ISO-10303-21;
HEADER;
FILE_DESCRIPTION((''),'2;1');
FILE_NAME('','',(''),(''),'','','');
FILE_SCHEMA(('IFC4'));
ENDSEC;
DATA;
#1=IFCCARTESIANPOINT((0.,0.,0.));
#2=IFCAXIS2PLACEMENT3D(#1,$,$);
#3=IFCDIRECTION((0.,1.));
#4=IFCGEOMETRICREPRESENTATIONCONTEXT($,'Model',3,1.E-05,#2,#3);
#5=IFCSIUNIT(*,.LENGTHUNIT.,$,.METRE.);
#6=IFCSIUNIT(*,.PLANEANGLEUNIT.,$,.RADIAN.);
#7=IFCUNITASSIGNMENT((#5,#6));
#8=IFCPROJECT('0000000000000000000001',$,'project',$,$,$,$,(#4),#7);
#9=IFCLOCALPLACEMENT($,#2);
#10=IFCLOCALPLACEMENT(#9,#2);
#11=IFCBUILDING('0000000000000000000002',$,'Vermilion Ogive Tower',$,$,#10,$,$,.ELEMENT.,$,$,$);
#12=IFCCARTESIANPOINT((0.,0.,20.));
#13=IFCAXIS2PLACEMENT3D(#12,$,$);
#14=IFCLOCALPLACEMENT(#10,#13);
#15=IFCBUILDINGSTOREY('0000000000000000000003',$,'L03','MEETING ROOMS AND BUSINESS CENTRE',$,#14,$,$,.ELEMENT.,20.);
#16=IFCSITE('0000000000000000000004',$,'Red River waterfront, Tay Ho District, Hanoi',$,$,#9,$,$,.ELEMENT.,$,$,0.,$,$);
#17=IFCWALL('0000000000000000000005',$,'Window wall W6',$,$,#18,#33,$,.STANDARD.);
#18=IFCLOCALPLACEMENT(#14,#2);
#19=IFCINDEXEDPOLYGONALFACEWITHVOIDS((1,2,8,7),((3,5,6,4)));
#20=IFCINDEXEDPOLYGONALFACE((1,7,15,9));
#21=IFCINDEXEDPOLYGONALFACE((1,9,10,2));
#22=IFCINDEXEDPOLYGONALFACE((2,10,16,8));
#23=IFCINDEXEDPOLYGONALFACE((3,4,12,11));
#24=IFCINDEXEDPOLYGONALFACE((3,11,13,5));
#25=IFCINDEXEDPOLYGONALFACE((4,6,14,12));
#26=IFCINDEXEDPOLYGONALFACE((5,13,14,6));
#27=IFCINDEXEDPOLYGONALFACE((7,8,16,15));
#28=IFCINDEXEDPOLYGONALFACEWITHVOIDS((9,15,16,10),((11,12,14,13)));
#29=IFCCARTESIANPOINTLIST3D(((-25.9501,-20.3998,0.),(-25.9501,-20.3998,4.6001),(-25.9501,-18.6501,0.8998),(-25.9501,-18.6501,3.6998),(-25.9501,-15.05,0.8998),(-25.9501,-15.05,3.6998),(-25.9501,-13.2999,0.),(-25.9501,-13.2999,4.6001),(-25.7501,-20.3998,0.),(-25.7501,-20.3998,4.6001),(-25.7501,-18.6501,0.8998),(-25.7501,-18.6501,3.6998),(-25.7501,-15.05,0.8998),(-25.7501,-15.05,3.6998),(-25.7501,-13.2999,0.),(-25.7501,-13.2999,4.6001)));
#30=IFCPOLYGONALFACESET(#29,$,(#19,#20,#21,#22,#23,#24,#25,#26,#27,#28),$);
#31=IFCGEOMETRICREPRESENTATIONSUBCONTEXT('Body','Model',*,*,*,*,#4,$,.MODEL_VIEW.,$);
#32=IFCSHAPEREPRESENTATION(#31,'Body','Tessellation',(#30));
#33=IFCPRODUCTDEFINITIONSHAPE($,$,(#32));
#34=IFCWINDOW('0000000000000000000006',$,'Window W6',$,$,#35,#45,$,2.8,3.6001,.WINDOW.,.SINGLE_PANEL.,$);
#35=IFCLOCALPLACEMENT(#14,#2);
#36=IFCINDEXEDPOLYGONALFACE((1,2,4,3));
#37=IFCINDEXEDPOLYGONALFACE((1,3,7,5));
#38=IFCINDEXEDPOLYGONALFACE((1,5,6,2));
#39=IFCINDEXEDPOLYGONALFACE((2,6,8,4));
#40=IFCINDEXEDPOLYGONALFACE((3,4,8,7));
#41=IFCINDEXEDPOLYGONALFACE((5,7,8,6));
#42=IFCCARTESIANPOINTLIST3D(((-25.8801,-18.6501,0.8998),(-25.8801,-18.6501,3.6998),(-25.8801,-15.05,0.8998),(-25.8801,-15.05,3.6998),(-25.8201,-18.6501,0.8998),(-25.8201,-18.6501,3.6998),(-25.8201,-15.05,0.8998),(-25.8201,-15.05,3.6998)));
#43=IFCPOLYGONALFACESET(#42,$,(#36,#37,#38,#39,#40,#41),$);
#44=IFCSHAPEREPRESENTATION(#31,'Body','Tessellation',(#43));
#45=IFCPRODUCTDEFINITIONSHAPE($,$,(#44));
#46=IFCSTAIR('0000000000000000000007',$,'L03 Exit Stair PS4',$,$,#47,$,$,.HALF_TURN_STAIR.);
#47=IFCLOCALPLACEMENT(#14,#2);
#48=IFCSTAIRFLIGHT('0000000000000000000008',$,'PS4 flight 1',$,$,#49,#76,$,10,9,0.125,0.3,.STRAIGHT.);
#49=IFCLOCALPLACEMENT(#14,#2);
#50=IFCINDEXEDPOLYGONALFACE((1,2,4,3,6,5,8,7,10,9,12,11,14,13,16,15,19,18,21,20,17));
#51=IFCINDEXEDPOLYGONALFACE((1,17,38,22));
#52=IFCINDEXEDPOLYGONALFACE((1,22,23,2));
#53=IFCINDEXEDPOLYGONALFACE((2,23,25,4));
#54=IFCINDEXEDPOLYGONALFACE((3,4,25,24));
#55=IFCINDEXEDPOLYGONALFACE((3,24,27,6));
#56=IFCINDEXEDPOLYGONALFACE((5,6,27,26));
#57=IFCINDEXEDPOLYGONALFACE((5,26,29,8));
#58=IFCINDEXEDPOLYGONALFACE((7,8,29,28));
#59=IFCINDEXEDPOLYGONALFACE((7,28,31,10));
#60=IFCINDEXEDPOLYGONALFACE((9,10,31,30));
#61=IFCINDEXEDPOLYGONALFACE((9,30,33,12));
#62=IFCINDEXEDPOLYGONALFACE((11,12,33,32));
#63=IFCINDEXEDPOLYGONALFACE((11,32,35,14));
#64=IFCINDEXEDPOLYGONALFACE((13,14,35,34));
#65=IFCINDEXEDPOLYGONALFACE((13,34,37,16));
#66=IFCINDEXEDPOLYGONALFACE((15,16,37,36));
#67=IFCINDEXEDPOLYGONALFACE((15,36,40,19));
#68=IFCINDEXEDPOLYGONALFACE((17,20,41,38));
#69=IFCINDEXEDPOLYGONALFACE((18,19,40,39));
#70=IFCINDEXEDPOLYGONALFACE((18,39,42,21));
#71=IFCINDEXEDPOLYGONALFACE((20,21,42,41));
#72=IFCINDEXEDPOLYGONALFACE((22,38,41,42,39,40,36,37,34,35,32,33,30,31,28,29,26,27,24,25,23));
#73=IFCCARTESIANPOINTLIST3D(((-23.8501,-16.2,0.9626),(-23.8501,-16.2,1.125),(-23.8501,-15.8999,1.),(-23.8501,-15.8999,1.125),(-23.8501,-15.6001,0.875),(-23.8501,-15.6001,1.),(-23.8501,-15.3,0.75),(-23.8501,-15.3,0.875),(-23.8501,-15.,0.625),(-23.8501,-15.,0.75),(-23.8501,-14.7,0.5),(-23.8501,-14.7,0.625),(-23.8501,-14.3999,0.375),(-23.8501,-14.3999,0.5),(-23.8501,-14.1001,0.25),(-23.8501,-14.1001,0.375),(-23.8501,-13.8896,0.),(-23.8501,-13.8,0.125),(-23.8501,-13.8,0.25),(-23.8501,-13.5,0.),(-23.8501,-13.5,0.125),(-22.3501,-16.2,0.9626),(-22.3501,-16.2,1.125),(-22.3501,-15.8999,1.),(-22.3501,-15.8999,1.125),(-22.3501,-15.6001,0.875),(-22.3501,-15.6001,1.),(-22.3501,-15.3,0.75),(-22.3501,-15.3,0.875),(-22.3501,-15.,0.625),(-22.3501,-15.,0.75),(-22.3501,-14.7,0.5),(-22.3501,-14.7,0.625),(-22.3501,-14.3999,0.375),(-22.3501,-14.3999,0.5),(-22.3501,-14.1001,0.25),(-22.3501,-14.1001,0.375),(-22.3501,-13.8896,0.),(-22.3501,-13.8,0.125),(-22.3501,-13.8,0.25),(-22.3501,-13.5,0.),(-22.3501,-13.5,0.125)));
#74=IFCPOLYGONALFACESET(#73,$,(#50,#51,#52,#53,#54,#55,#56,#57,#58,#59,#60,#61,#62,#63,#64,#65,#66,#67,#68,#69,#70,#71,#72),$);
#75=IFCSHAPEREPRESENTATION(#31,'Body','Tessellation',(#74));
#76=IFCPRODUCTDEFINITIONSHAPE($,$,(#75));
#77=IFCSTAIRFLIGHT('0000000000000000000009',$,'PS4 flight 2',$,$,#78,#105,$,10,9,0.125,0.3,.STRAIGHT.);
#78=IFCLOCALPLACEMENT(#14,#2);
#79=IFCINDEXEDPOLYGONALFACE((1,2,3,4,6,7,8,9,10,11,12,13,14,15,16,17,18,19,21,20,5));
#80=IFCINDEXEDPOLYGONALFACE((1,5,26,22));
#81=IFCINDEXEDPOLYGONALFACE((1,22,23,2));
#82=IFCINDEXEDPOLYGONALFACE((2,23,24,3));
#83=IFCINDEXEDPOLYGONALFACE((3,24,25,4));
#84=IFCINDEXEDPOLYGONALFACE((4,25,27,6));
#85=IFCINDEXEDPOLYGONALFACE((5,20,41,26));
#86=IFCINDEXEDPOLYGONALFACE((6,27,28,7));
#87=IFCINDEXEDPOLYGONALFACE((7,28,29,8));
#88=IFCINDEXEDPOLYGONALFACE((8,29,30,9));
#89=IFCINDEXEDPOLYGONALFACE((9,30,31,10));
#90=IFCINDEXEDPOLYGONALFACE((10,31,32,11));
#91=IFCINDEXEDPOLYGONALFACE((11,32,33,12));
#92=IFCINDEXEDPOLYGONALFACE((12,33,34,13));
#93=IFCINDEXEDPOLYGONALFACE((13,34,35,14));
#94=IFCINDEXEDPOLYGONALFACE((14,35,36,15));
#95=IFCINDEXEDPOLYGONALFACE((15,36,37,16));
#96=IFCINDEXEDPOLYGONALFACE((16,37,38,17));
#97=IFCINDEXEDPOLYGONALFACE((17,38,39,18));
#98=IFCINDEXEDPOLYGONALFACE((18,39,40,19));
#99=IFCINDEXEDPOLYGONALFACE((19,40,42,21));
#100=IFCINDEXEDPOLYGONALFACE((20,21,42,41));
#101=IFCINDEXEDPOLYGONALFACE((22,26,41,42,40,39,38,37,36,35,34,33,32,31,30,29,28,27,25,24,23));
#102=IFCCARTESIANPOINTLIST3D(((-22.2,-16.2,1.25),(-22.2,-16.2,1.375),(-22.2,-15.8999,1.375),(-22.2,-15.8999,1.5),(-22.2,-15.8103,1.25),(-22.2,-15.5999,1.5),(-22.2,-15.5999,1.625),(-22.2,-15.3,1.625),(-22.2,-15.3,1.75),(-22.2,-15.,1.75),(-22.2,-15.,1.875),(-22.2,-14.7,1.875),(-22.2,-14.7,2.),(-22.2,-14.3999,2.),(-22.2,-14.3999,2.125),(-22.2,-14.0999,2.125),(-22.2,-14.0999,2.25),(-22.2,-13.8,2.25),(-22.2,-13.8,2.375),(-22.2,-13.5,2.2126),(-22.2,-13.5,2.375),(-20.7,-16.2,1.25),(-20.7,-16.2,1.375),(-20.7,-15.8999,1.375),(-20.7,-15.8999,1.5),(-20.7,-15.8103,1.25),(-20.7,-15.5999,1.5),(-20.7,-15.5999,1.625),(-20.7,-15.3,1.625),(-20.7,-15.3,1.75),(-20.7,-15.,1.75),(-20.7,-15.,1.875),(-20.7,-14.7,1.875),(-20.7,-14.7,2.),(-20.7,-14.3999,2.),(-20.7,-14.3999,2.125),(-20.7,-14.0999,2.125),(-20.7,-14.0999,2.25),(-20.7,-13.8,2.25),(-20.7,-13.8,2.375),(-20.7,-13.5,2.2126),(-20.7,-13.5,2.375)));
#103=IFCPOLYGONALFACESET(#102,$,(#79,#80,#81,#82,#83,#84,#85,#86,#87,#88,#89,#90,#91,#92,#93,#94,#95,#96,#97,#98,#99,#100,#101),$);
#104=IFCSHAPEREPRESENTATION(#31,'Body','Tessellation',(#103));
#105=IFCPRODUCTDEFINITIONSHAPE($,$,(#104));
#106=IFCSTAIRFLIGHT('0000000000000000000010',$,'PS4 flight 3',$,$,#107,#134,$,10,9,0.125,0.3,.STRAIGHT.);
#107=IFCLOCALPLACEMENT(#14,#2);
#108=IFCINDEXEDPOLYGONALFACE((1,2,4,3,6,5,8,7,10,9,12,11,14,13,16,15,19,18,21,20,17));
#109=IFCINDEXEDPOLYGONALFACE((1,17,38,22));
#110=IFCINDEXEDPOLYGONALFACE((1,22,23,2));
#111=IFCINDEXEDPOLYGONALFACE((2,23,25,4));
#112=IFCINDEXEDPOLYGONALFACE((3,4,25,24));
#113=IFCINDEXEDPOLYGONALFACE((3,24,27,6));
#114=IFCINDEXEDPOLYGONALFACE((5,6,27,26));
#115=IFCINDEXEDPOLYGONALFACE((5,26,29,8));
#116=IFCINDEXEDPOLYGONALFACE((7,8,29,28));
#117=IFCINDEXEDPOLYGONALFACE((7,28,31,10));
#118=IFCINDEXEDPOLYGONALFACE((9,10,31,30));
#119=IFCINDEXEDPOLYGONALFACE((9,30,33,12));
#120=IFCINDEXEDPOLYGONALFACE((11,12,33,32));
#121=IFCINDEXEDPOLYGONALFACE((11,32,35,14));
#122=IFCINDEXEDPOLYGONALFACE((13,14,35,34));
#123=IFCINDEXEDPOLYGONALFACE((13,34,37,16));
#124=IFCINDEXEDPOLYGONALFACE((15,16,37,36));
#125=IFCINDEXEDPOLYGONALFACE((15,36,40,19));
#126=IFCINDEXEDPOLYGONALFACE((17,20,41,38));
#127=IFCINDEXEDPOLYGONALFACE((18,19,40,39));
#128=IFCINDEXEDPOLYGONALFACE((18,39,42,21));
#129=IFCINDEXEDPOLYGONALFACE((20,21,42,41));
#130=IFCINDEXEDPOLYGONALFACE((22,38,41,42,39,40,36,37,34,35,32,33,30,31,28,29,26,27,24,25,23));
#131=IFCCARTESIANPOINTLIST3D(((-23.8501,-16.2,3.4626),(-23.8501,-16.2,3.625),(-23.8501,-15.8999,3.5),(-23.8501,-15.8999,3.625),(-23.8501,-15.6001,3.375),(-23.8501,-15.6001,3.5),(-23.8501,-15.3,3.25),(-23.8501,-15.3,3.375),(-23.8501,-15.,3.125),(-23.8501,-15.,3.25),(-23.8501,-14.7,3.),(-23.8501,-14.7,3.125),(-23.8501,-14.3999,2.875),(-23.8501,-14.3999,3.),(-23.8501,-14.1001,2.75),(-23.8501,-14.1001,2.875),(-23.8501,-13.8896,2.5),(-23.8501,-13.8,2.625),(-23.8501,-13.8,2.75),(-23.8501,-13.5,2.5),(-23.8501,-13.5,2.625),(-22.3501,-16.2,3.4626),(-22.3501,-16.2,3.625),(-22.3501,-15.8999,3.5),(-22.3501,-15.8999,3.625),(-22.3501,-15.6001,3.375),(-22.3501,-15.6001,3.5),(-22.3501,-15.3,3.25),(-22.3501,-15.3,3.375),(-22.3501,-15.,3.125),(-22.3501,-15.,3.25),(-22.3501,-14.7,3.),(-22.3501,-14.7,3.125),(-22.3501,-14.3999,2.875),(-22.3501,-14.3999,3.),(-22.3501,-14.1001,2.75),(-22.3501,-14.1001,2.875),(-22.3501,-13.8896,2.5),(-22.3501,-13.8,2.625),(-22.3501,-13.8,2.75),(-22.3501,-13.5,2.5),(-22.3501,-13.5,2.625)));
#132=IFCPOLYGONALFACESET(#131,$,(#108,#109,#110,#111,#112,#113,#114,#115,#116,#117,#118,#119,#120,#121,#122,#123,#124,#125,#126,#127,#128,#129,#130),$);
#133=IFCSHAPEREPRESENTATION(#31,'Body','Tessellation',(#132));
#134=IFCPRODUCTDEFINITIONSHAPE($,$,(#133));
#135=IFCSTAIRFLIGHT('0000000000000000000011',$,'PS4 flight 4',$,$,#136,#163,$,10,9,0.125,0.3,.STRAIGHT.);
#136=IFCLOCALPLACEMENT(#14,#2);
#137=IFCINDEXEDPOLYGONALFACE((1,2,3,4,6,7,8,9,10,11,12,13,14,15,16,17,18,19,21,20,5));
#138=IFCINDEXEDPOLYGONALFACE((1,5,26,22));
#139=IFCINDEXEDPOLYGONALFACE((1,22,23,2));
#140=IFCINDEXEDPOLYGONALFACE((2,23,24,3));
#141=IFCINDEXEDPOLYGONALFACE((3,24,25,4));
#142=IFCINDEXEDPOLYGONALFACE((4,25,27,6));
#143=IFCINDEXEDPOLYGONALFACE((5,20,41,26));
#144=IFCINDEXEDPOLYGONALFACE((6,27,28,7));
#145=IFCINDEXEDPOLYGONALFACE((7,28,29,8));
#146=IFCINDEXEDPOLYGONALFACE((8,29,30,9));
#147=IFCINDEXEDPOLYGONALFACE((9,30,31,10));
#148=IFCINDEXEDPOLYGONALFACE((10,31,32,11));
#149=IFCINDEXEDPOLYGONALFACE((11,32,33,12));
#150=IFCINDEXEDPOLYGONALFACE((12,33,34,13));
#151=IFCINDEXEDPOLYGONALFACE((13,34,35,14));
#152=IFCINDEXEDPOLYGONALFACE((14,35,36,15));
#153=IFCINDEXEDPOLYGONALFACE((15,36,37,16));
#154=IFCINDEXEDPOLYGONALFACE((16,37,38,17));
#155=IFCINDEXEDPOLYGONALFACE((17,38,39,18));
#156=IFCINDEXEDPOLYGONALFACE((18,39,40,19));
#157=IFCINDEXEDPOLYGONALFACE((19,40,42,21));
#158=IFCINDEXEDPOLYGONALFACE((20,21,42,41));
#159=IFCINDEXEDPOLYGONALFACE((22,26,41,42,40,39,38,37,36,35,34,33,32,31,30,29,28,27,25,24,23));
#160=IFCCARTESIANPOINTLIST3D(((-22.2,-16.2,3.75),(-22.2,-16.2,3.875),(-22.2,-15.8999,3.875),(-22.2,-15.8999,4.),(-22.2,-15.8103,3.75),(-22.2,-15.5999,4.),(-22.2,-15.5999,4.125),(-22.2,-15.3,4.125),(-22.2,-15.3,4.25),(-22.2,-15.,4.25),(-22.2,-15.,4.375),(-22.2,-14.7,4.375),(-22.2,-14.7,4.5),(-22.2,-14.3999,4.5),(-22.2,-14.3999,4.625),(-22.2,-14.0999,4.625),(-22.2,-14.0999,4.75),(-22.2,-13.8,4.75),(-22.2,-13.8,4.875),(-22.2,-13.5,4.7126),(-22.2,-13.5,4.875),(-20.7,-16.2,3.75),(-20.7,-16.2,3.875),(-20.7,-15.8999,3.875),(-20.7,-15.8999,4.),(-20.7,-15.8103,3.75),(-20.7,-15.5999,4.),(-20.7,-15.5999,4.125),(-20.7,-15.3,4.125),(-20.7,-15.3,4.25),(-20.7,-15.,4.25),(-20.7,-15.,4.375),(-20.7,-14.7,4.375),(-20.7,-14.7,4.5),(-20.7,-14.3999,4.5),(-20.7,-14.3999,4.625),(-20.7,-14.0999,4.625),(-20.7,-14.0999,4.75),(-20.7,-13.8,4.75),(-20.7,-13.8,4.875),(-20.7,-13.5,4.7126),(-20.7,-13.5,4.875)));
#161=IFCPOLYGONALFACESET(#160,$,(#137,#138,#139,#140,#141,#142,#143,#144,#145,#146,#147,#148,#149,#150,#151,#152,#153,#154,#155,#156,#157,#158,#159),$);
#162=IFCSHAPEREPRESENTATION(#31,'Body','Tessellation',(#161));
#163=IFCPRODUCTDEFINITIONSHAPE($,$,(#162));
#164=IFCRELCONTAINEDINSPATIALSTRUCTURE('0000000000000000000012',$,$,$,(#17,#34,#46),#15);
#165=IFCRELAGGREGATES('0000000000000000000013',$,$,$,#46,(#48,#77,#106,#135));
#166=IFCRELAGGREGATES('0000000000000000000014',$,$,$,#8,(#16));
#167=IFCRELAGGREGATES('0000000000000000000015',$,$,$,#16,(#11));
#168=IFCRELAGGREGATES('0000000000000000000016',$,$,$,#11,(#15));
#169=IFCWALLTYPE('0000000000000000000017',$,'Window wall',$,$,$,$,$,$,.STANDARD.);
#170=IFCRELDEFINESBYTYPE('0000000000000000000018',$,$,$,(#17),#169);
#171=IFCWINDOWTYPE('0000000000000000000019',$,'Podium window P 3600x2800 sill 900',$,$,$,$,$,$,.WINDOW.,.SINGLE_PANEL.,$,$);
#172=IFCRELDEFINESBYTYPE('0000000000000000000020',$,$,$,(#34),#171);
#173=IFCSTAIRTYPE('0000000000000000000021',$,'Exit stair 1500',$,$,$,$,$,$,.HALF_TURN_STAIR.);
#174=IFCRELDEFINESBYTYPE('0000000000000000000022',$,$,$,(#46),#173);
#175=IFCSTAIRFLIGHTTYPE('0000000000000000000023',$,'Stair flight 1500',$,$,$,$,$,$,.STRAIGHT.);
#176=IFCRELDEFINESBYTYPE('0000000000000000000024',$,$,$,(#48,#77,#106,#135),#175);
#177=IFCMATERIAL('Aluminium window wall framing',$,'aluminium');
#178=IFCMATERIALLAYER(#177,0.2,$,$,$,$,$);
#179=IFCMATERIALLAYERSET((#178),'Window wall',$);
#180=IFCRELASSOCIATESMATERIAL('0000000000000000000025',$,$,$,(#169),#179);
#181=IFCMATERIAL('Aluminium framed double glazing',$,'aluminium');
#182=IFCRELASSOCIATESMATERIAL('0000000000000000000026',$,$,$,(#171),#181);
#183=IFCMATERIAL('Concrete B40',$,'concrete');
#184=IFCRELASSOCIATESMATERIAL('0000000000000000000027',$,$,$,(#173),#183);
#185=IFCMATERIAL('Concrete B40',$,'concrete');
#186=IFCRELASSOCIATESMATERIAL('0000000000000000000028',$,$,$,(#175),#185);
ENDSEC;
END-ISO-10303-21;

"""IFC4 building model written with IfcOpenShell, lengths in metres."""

from ifc_helpers import new_model, si_unit, direction, frame, frame_2d, origin, place, context, subcontext, project, spatial, polyline, rectangle, outline, extrude, material, layer, layer_set, type_object, element, fill, aggregate, save


model = new_model("IFC4")

# Units and contexts
model_context = context("Model", 3, precision=1e-05, world=origin(), true_north=direction((0.0, 1.0)))
body_context = subcontext(model_context, "Body", "Model", "MODEL_VIEW")
ifc_project = project(units=[si_unit("LENGTHUNIT", "METRE"), si_unit("PLANEANGLEUNIT", "RADIAN")], contexts=[model_context])

# Site, building, storey
site_placement = place(None, origin())
site = spatial("IfcSite", under=ifc_project, at=site_placement, Name="Red River waterfront, Tay Ho District, Hanoi", CompositionType="ELEMENT", RefElevation=0.0)
building_placement = place(site_placement, origin())
building = spatial("IfcBuilding", under=site, at=building_placement, Name="Vermilion Ogive Tower", CompositionType="ELEMENT")
storey_placement = place(building_placement, frame((0.0, 0.0, 20.0)))
storey = spatial("IfcBuildingStorey", under=building, at=storey_placement, Name="L03", Description="MEETING ROOMS AND BUSINESS CENTRE", CompositionType="ELEMENT", Elevation=20.0)

# Wall, opening, window
ifc_material_1 = material(Name="Aluminium window wall framing", Category="aluminium")
ifc_layer = layer(ifc_material_1, 0.2)
ifc_layer_set = layer_set([ifc_layer], Name="Window wall")
wall_type = type_object("IfcWallType", Name="Window wall", PredefinedType="STANDARD", material=ifc_layer_set)
wall_placement = place(storey_placement, frame((-25.8501, -13.3, 0.0), z_axis=(0.0, 0.0, 1.0), x_axis=(0.0, -1.0, 0.0)))
wall = element("IfcWall", 1, at=wall_placement, inside=storey, type_object=wall_type, Name="Window wall W6", PredefinedType="STANDARD", context=body_context, shape_type="SweptSolid", body=[
    extrude(rectangle(XDim=7.0999, YDim=0.2, at=frame_2d((3.5498, 0.0))), origin(), (0.0, 0.0, 1.0), 4.6001),
])
opening_placement = place(wall_placement, frame((1.75, 0.0, 0.8999)))
opening = element("IfcOpeningElement", 2, at=opening_placement, cuts=wall, PredefinedType="OPENING", context=body_context, shape_type="SweptSolid", body=[
    extrude(rectangle(XDim=3.6001, YDim=2.8, at=frame_2d((1.8, 1.3999))), frame((0.0, 0.1099, 0.0), z_axis=(0.0, -1.0, 0.0), x_axis=(1.0, 0.0, 0.0)), (0.0, 0.0, 1.0), 0.22),
])
ifc_material_2 = material(Name="Aluminium framed double glazing", Category="aluminium")
window_type = type_object("IfcWindowType", Name="Podium window P 3600x2800 sill 900", PartitioningType="SINGLE_PANEL", PredefinedType="WINDOW", material=ifc_material_2)
window_placement = place(opening_placement, origin())
window = element("IfcWindow", 3, at=window_placement, inside=storey, type_object=window_type, Name="Window W6", OverallHeight=2.8, OverallWidth=3.6001, PartitioningType="SINGLE_PANEL", PredefinedType="WINDOW", context=body_context, shape_type="SweptSolid", body=[
    extrude(rectangle(XDim=3.6001, YDim=2.8, at=frame_2d((1.8, 1.3999))), frame((0.0, 0.03, 0.0), z_axis=(0.0, -1.0, 0.0), x_axis=(1.0, 0.0, 0.0)), (0.0, 0.0, 1.0), 0.0601),
])
fill(opening, window)

# Stair, stair flights
ifc_material_3 = material(Name="Concrete B40", Category="concrete")
stair_type = type_object("IfcStairType", Name="Exit stair 1500", PredefinedType="HALF_TURN_STAIR", material=ifc_material_3)
stair_placement = place(storey_placement, origin())
stair = element("IfcStair", 4, at=stair_placement, inside=storey, type_object=stair_type, Name="L03 Exit Stair PS4", PredefinedType="HALF_TURN_STAIR")
ifc_material_4 = material(Name="Concrete B40", Category="concrete")
stair_flight_type = type_object("IfcStairFlightType", Name="Stair flight 1500", PredefinedType="STRAIGHT", material=ifc_material_4)
stair_flight_1_placement = place(storey_placement, frame((-23.1001, -13.5, 0.0), z_axis=(0.0, 0.0, 1.0), x_axis=(0.0, -1.0, 0.0)))
stair_flight_1 = element("IfcStairFlight", 5, at=stair_flight_1_placement, type_object=stair_flight_type, Name="PS4 flight 1", NumberOfRisers=10, NumberOfTreads=9, PredefinedType="STRAIGHT", RiserHeight=0.125, TreadLength=0.3, context=body_context, shape_type="SweptSolid", body=[
    extrude(outline(polyline([(0.0, 0.0), (0.0, 0.125), (0.3, 0.125), (0.3, 0.25), (0.6001, 0.25), (0.6001, 0.375), (0.8999, 0.375), (0.8999, 0.5), (1.2, 0.5), (1.2, 0.625), (1.5, 0.625), (1.5, 0.75), (1.8, 0.75), (1.8, 0.875), (2.1001, 0.875), (2.1001, 1.0), (2.3999, 1.0), (2.3999, 1.125), (2.7, 1.125), (2.7, 1.25), (2.7, 0.9626), (0.3896, 0.0), (0.0, 0.0)])), frame((0.0, 0.75, 0.0), z_axis=(0.0, -1.0, 0.0), x_axis=(1.0, 0.0, 0.0)), (0.0, 0.0, 1.0), 1.5),
])
stair_flight_2_placement = place(storey_placement, frame((-21.45, -16.2, 1.25), z_axis=(0.0, 0.0, 1.0), x_axis=(0.0, 1.0, 0.0)))
stair_flight_2 = element("IfcStairFlight", 6, at=stair_flight_2_placement, type_object=stair_flight_type, Name="PS4 flight 2", NumberOfRisers=10, NumberOfTreads=9, PredefinedType="STRAIGHT", RiserHeight=0.125, TreadLength=0.3, context=body_context, shape_type="SweptSolid", body=[
    extrude(outline(polyline([(0.0, 0.0), (0.0, 0.125), (0.3, 0.125), (0.3, 0.25), (0.6001, 0.25), (0.6001, 0.375), (0.8999, 0.375), (0.8999, 0.5), (1.2, 0.5), (1.2, 0.625), (1.5, 0.625), (1.5, 0.75), (1.8, 0.75), (1.8, 0.875), (2.1001, 0.875), (2.1001, 1.0), (2.3999, 1.0), (2.3999, 1.125), (2.7, 1.125), (2.7, 1.25), (2.7, 0.9626), (0.3896, 0.0), (0.0, 0.0)])), frame((0.0, 0.75, 0.0), z_axis=(0.0, -1.0, 0.0), x_axis=(1.0, 0.0, 0.0)), (0.0, 0.0, 1.0), 1.5),
])
stair_flight_3_placement = place(storey_placement, frame((-23.1001, -13.5, 2.5), z_axis=(0.0, 0.0, 1.0), x_axis=(0.0, -1.0, 0.0)))
stair_flight_3 = element("IfcStairFlight", 7, at=stair_flight_3_placement, type_object=stair_flight_type, Name="PS4 flight 3", NumberOfRisers=10, NumberOfTreads=9, PredefinedType="STRAIGHT", RiserHeight=0.125, TreadLength=0.3, context=body_context, shape_type="SweptSolid", body=[
    extrude(outline(polyline([(0.0, 0.0), (0.0, 0.125), (0.3, 0.125), (0.3, 0.25), (0.6001, 0.25), (0.6001, 0.375), (0.8999, 0.375), (0.8999, 0.5), (1.2, 0.5), (1.2, 0.625), (1.5, 0.625), (1.5, 0.75), (1.8, 0.75), (1.8, 0.875), (2.1001, 0.875), (2.1001, 1.0), (2.3999, 1.0), (2.3999, 1.125), (2.7, 1.125), (2.7, 1.25), (2.7, 0.9626), (0.3896, 0.0), (0.0, 0.0)])), frame((0.0, 0.75, 0.0), z_axis=(0.0, -1.0, 0.0), x_axis=(1.0, 0.0, 0.0)), (0.0, 0.0, 1.0), 1.5),
])
stair_flight_4_placement = place(storey_placement, frame((-21.45, -16.2, 3.75), z_axis=(0.0, 0.0, 1.0), x_axis=(0.0, 1.0, 0.0)))
stair_flight_4 = element("IfcStairFlight", 8, at=stair_flight_4_placement, type_object=stair_flight_type, Name="PS4 flight 4", NumberOfRisers=10, NumberOfTreads=9, PredefinedType="STRAIGHT", RiserHeight=0.125, TreadLength=0.3, context=body_context, shape_type="SweptSolid", body=[
    extrude(outline(polyline([(0.0, 0.0), (0.0, 0.125), (0.3, 0.125), (0.3, 0.25), (0.6001, 0.25), (0.6001, 0.375), (0.8999, 0.375), (0.8999, 0.5), (1.2, 0.5), (1.2, 0.625), (1.5, 0.625), (1.5, 0.75), (1.8, 0.75), (1.8, 0.875), (2.1001, 0.875), (2.1001, 1.0), (2.3999, 1.0), (2.3999, 1.125), (2.7, 1.125), (2.7, 1.25), (2.7, 0.9626), (0.3896, 0.0), (0.0, 0.0)])), frame((0.0, 0.75, 0.0), z_axis=(0.0, -1.0, 0.0), x_axis=(1.0, 0.0, 0.0)), (0.0, 0.0, 1.0), 1.5),
])
aggregate(stair, [stair_flight_1, stair_flight_2, stair_flight_3, stair_flight_4])

save(model, "model.ifc")
